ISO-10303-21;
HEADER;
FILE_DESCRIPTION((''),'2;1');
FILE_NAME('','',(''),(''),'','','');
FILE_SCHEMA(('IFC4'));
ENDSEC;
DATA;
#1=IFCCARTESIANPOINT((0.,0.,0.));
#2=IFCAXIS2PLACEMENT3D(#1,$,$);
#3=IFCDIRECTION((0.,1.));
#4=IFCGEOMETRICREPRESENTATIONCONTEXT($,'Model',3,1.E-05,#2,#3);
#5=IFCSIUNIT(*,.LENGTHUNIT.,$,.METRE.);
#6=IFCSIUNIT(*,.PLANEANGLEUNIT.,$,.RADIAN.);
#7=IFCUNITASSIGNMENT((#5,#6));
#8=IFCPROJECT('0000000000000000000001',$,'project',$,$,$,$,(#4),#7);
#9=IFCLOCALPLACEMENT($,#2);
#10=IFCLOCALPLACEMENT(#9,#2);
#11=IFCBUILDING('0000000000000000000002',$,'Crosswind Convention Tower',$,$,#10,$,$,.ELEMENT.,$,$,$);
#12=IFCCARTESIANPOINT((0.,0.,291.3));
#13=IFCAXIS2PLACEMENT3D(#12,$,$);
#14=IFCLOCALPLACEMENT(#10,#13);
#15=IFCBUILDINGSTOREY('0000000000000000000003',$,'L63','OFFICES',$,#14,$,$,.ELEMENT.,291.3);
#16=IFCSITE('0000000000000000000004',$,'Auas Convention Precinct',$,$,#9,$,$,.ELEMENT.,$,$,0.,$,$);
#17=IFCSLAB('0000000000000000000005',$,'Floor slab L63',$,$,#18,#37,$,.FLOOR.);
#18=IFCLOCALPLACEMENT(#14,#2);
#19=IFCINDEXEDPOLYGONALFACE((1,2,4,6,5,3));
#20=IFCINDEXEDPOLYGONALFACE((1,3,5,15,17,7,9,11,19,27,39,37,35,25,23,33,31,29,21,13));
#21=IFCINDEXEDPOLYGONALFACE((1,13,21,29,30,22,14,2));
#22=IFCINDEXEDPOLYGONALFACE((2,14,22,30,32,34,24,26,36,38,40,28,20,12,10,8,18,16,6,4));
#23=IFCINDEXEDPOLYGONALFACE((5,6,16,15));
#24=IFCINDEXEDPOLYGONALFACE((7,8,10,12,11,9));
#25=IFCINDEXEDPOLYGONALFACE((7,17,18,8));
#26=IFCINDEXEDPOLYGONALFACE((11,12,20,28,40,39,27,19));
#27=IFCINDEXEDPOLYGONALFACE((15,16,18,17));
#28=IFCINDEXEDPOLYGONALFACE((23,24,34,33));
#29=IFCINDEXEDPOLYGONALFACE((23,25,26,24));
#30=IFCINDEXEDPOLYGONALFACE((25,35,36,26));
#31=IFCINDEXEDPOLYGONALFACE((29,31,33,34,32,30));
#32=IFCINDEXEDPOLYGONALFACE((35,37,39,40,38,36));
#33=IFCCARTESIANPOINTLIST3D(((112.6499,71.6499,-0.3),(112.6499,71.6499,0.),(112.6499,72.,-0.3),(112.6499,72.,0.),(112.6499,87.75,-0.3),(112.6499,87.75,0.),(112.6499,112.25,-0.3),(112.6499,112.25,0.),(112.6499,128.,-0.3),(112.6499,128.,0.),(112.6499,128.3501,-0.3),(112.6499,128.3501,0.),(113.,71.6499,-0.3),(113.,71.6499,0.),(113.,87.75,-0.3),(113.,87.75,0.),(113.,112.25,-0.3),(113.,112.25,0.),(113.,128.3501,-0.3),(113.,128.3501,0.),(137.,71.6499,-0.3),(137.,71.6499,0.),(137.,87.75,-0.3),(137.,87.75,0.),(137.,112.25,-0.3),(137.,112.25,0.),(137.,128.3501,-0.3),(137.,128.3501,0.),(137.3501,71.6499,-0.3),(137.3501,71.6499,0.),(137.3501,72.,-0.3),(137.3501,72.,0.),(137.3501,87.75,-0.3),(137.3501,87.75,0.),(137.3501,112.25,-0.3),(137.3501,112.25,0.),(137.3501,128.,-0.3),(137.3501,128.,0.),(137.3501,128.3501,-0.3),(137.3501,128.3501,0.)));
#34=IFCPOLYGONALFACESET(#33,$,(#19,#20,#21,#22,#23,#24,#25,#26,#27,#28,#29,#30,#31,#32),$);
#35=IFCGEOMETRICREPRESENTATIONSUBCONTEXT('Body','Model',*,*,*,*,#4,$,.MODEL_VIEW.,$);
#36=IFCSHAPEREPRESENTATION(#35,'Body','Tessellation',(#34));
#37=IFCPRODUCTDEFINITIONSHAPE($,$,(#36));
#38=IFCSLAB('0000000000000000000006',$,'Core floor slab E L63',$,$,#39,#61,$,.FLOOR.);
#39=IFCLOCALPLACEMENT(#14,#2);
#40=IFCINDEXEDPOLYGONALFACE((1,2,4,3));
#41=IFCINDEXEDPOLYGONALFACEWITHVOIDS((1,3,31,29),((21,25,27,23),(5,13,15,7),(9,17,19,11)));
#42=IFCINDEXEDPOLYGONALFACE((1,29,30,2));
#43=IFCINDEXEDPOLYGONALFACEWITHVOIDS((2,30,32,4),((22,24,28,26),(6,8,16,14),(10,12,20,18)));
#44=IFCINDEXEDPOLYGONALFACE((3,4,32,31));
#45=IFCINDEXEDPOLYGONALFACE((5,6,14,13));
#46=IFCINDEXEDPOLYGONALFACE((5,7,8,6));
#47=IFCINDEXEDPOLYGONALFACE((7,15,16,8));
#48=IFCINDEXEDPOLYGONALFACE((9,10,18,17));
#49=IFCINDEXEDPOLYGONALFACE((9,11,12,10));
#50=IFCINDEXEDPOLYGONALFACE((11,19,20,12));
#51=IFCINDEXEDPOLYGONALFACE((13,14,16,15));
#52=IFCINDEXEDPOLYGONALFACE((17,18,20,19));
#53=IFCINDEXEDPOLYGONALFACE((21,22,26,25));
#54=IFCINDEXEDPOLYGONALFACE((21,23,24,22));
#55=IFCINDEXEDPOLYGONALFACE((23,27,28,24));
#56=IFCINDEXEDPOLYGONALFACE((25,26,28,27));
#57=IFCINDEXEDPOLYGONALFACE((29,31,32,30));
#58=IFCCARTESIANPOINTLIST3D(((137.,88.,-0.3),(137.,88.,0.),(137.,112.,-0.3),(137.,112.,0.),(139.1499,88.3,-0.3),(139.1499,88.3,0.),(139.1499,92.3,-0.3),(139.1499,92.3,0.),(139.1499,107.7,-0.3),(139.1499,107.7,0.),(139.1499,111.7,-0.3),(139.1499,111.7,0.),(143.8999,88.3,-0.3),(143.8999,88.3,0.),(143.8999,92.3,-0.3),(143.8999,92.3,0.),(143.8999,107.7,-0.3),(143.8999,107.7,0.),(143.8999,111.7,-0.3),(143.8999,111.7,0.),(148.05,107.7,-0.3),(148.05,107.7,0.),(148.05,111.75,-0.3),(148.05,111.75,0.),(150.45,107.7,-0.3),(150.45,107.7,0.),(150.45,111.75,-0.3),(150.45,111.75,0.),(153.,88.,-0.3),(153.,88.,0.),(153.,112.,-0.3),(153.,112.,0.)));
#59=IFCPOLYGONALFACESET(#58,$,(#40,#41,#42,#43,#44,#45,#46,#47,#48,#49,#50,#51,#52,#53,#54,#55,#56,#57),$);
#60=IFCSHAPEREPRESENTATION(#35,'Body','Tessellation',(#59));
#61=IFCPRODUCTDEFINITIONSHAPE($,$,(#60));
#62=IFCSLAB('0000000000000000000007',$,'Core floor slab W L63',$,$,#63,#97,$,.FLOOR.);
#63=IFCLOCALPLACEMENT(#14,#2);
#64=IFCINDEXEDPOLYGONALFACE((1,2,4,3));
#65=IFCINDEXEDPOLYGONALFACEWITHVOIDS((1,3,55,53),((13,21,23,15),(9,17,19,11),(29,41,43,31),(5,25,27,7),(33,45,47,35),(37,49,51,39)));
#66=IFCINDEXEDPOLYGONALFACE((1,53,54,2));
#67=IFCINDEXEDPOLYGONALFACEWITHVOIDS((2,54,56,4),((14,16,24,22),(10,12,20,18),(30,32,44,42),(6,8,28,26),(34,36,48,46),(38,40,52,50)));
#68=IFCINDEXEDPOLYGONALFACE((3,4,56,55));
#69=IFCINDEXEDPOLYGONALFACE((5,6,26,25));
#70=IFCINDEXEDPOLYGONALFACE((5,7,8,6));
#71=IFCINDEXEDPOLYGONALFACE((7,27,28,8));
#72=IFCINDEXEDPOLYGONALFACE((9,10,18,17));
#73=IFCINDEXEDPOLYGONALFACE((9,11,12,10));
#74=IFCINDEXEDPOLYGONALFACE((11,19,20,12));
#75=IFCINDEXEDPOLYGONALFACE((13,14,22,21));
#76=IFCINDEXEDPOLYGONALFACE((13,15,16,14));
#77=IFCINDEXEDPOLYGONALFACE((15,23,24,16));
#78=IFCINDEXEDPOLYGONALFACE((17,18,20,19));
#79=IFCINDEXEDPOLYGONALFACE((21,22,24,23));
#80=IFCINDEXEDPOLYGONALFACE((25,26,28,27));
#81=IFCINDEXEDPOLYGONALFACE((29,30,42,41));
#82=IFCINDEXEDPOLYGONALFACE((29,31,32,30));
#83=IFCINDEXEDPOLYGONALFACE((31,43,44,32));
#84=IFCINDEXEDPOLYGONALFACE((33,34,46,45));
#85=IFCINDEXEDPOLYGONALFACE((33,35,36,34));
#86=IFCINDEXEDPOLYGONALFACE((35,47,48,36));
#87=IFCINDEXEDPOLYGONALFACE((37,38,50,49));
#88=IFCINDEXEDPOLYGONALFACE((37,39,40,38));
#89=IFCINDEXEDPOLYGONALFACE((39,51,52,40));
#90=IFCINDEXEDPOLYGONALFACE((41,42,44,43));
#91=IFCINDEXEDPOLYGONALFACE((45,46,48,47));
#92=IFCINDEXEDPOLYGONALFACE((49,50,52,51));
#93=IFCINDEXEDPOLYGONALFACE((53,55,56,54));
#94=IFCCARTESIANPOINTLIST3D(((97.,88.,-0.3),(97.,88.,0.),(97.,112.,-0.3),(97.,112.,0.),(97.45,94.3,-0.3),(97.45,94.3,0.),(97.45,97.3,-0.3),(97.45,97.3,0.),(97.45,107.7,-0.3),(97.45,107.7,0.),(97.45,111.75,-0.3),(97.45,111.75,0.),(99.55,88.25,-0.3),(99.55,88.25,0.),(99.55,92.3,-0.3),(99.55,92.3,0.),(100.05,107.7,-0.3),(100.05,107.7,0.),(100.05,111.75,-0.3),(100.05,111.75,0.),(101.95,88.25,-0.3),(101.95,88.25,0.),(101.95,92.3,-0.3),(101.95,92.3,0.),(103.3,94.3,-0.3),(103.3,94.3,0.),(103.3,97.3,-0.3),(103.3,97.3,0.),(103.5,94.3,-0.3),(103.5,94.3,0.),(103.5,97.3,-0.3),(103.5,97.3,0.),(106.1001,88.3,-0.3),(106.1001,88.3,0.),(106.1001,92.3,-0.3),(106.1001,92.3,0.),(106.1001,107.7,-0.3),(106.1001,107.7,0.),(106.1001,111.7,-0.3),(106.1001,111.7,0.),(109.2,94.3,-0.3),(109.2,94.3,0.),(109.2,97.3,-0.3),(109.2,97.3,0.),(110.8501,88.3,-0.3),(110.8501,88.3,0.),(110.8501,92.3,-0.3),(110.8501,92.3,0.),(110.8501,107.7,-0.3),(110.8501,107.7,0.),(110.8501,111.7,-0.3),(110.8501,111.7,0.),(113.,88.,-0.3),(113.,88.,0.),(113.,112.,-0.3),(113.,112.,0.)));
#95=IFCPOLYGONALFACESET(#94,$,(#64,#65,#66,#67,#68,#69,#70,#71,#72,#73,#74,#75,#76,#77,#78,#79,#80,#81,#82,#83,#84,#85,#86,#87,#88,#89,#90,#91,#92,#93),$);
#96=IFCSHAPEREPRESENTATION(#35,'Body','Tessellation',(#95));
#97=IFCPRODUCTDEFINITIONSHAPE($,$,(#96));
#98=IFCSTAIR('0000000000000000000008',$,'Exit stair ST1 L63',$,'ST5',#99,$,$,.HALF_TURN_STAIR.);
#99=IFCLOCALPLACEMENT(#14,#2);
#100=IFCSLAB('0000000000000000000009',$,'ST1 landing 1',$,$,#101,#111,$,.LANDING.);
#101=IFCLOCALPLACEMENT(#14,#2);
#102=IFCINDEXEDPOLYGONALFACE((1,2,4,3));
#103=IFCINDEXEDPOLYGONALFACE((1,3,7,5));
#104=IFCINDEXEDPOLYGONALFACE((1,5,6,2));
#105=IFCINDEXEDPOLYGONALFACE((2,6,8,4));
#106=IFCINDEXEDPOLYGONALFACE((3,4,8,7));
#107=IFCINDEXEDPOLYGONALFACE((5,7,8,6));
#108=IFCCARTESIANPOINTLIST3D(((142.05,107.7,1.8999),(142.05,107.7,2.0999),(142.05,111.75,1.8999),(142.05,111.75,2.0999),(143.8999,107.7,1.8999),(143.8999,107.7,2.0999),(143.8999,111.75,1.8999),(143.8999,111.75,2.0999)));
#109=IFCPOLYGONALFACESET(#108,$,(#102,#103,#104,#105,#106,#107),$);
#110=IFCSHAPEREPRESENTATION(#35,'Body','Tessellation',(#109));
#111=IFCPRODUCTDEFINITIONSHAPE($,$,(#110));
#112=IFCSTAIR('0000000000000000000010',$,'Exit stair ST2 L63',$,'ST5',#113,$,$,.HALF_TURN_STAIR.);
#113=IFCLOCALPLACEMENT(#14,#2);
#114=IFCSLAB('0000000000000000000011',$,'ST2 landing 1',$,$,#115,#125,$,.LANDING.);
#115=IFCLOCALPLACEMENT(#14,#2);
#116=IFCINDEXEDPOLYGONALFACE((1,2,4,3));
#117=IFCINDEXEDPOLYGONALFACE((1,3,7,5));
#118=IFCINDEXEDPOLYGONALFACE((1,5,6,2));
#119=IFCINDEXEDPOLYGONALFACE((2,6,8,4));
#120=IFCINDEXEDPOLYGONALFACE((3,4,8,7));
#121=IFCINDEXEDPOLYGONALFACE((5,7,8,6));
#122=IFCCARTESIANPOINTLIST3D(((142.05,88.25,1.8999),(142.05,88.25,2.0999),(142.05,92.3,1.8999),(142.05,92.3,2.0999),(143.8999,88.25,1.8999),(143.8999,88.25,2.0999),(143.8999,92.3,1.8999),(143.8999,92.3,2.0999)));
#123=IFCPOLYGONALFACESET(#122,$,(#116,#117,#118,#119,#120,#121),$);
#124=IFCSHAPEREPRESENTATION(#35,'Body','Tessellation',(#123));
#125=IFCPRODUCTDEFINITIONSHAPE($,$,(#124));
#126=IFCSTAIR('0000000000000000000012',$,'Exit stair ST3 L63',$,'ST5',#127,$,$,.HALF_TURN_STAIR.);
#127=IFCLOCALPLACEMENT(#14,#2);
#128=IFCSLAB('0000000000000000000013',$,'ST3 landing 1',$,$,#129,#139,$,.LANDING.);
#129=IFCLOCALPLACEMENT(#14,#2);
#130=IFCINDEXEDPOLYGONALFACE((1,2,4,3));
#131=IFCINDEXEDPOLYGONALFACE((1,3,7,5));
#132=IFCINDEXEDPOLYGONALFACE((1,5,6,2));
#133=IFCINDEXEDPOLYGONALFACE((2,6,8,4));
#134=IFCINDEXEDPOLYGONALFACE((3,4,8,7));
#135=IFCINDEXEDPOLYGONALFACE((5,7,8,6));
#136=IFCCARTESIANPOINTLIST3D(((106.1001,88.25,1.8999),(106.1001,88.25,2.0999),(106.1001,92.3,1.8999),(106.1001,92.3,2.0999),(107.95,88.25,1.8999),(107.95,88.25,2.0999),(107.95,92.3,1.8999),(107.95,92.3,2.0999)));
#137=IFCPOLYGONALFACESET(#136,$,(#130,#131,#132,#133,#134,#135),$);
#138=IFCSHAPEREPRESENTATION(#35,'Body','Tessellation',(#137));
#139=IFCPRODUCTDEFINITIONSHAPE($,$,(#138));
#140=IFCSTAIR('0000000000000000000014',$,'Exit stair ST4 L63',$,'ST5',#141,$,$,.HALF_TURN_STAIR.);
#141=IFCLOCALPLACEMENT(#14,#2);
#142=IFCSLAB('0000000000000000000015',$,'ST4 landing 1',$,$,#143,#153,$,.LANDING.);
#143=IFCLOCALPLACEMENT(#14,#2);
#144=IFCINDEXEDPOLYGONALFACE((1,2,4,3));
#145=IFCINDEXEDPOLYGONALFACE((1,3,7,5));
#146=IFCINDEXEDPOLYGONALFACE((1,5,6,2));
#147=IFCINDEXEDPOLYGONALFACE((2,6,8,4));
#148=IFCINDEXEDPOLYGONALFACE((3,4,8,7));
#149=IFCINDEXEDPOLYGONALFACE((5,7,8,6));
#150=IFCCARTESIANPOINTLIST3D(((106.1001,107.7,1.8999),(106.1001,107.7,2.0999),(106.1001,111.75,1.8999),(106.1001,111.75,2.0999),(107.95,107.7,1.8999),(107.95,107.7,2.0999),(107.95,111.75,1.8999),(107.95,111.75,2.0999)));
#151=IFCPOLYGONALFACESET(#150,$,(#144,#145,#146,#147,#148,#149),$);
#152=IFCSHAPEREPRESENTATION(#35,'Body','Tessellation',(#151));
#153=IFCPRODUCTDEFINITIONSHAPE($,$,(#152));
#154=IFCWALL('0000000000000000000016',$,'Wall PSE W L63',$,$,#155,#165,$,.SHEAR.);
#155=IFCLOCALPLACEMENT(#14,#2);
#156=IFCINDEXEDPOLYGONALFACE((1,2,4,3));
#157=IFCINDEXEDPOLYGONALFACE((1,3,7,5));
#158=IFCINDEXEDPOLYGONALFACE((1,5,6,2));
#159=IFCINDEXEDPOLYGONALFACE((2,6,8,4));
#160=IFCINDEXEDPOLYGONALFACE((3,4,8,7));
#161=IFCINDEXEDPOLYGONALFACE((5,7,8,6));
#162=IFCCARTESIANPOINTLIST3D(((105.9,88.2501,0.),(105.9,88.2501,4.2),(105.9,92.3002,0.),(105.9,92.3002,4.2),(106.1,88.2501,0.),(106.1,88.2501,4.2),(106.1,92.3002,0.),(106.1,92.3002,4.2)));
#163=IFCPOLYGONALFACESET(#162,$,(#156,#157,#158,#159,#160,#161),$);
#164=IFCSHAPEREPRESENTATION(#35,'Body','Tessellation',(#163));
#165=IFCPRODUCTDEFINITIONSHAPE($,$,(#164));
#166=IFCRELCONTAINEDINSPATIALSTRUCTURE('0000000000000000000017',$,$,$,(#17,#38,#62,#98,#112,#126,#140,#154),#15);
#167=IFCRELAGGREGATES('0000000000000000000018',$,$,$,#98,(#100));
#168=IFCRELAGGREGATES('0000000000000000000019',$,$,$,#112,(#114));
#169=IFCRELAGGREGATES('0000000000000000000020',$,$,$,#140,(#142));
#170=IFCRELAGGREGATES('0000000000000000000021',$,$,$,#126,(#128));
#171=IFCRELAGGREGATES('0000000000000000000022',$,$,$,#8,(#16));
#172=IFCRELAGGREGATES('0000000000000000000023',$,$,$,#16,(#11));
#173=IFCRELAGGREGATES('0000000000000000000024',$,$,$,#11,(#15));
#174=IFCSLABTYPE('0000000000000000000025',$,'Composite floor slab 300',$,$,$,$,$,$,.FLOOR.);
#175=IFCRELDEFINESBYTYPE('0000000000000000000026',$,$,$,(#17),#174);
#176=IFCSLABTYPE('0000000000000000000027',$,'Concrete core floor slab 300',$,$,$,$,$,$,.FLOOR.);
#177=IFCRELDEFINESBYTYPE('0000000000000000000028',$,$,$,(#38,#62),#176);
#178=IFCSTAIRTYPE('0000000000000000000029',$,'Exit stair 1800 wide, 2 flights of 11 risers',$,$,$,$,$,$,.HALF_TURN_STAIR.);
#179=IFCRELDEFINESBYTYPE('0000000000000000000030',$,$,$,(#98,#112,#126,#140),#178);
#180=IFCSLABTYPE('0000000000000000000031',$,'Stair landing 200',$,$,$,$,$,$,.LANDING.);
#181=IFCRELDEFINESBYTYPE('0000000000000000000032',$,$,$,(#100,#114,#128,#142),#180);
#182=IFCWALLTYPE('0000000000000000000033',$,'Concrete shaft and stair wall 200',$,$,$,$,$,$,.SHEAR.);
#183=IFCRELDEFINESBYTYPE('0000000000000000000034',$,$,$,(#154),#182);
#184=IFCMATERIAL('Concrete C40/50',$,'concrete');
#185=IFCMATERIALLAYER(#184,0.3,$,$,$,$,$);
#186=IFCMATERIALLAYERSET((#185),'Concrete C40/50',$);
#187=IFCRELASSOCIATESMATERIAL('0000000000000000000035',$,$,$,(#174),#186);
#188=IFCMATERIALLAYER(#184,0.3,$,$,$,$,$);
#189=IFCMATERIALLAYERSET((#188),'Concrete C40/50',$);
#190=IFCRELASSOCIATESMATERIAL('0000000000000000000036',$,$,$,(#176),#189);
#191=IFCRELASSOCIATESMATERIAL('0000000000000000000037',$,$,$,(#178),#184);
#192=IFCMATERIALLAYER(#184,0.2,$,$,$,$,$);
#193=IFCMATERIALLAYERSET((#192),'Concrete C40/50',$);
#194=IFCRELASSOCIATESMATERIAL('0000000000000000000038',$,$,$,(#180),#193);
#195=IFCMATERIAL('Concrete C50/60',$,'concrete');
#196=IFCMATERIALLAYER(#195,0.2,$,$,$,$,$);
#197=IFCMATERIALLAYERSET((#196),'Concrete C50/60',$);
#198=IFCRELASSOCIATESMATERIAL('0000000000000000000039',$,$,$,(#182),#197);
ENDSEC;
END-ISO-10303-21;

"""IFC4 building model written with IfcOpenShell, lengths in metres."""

from ifc_helpers import new_model, si_unit, direction, frame, frame_2d, origin, place, context, subcontext, project, spatial, polyline, rectangle, outline, extrude, material, layer, layer_set, type_object, element, aggregate, save


model = new_model("IFC4")

# Units and contexts
model_context = context("Model", 3, precision=1e-05, world=origin(), true_north=direction((0.0, 1.0)))
body_context = subcontext(model_context, "Body", "Model", "MODEL_VIEW")
ifc_project = project(units=[si_unit("LENGTHUNIT", "METRE"), si_unit("PLANEANGLEUNIT", "RADIAN")], contexts=[model_context])

# Site, building, storey
site_placement = place(None, origin())
site = spatial("IfcSite", under=ifc_project, at=site_placement, Name="Auas Convention Precinct", CompositionType="ELEMENT", RefElevation=0.0)
building_placement = place(site_placement, origin())
building = spatial("IfcBuilding", under=site, at=building_placement, Name="Crosswind Convention Tower", CompositionType="ELEMENT")
storey_placement = place(building_placement, frame((0.0, 0.0, 291.3)))
storey = spatial("IfcBuildingStorey", under=building, at=storey_placement, Name="L63", Description="OFFICES", CompositionType="ELEMENT", Elevation=291.3)

# Slabs
ifc_material_1 = material(Name="Concrete C40/50", Category="concrete")
ifc_layer_1 = layer(ifc_material_1, 0.3)
ifc_layer_set_1 = layer_set([ifc_layer_1], Name="Concrete C40/50")
slab_type_1 = type_object("IfcSlabType", Name="Composite floor slab 300", PredefinedType="FLOOR", material=ifc_layer_set_1)
slab_1_placement = place(storey_placement, frame((0.0, 0.0, -0.3)))
element("IfcSlab", 1, at=slab_1_placement, inside=storey, type_object=slab_type_1, Name="Floor slab L63", PredefinedType="FLOOR", context=body_context, shape_type="SweptSolid", body=[
    extrude(outline(polyline([(137.3501, 71.6499), (137.0, 71.6499), (113.0, 71.6499), (112.6499, 71.6499), (112.6499, 72.0), (112.6499, 87.75), (113.0, 87.75), (113.0, 112.25), (112.6499, 112.25), (112.6499, 128.0), (112.6499, 128.3501), (113.0, 128.3501), (137.0, 128.3501), (137.3501, 128.3501), (137.3501, 128.0), (137.3501, 112.25), (137.0, 112.25), (137.0, 87.75), (137.3501, 87.75), (137.3501, 72.0), (137.3501, 71.6499)])), origin(), (0.0, 0.0, 1.0), 0.3),
])
ifc_layer_2 = layer(ifc_material_1, 0.3)
ifc_layer_set_2 = layer_set([ifc_layer_2], Name="Concrete C40/50")
slab_type_2 = type_object("IfcSlabType", Name="Concrete core floor slab 300", PredefinedType="FLOOR", material=ifc_layer_set_2)
slab_2_placement = place(storey_placement, frame((0.0, 0.0, -0.3)))
element("IfcSlab", 2, at=slab_2_placement, inside=storey, type_object=slab_type_2, Name="Core floor slab E L63", PredefinedType="FLOOR", context=body_context, shape_type="SweptSolid", body=[
    extrude(outline(polyline([(137.0, 88.0), (153.0, 88.0), (153.0, 112.0), (137.0, 112.0), (137.0, 88.0)]), holes=[polyline([(150.45, 107.7), (150.45, 111.75), (148.05, 111.75), (148.05, 107.7), (150.45, 107.7)]), polyline([(143.8999, 107.7), (143.8999, 111.7), (139.1499, 111.7), (139.1499, 107.7), (143.8999, 107.7)]), polyline([(143.8999, 88.3), (143.8999, 92.3), (139.1499, 92.3), (139.1499, 88.3), (143.8999, 88.3)])]), origin(), (0.0, 0.0, 1.0), 0.3),
])
slab_3_placement = place(storey_placement, frame((0.0, 0.0, -0.3)))
element("IfcSlab", 3, at=slab_3_placement, inside=storey, type_object=slab_type_2, Name="Core floor slab W L63", PredefinedType="FLOOR", context=body_context, shape_type="SweptSolid", body=[
    extrude(outline(polyline([(97.0, 88.0), (113.0, 88.0), (113.0, 112.0), (97.0, 112.0), (97.0, 88.0)]), holes=[polyline([(109.2, 94.3), (109.2, 97.3), (103.5, 97.3), (103.5, 94.3), (109.2, 94.3)]), polyline([(103.3, 94.3), (103.3, 97.3), (97.45, 97.3), (97.45, 94.3), (103.3, 94.3)]), polyline([(101.95, 88.25), (101.95, 92.3), (99.55, 92.3), (99.55, 88.25), (101.95, 88.25)]), polyline([(100.05, 107.7), (100.05, 111.75), (97.45, 111.75), (97.45, 107.7), (100.05, 107.7)]), polyline([(110.8501, 88.3), (110.8501, 92.3), (106.1001, 92.3), (106.1001, 88.3), (110.8501, 88.3)]), polyline([(110.8501, 107.7), (110.8501, 111.7), (106.1001, 111.7), (106.1001, 107.7), (110.8501, 107.7)])]), origin(), (0.0, 0.0, 1.0), 0.3),
])

# Stairs, slabs
stair_type = type_object("IfcStairType", Name="Exit stair 1800 wide, 2 flights of 11 risers", PredefinedType="HALF_TURN_STAIR", material=ifc_material_1)
stair_1_placement = place(storey_placement, origin())
stair_1 = element("IfcStair", 4, at=stair_1_placement, inside=storey, type_object=stair_type, Name="Exit stair ST1 L63", ObjectType="ST5", PredefinedType="HALF_TURN_STAIR")
ifc_layer_3 = layer(ifc_material_1, 0.2)
ifc_layer_set_3 = layer_set([ifc_layer_3], Name="Concrete C40/50")
slab_type_3 = type_object("IfcSlabType", Name="Stair landing 200", PredefinedType="LANDING", material=ifc_layer_set_3)
slab_4_placement = place(storey_placement, frame((0.0, 0.0, 1.8999)))
slab_4 = element("IfcSlab", 5, at=slab_4_placement, type_object=slab_type_3, Name="ST1 landing 1", PredefinedType="LANDING", context=body_context, shape_type="SweptSolid", body=[
    extrude(outline(polyline([(143.8999, 107.7), (143.8999, 111.75), (142.05, 111.75), (142.05, 107.7), (143.8999, 107.7)])), origin(), (0.0, 0.0, 1.0), 0.2),
])
aggregate(stair_1, [slab_4])
stair_2_placement = place(storey_placement, origin())
stair_2 = element("IfcStair", 6, at=stair_2_placement, inside=storey, type_object=stair_type, Name="Exit stair ST2 L63", ObjectType="ST5", PredefinedType="HALF_TURN_STAIR")
slab_5_placement = place(storey_placement, frame((0.0, 0.0, 1.8999)))
slab_5 = element("IfcSlab", 7, at=slab_5_placement, type_object=slab_type_3, Name="ST2 landing 1", PredefinedType="LANDING", context=body_context, shape_type="SweptSolid", body=[
    extrude(outline(polyline([(143.8999, 88.25), (143.8999, 92.3), (142.05, 92.3), (142.05, 88.25), (143.8999, 88.25)])), origin(), (0.0, 0.0, 1.0), 0.2),
])
aggregate(stair_2, [slab_5])
stair_3_placement = place(storey_placement, origin())
stair_3 = element("IfcStair", 8, at=stair_3_placement, inside=storey, type_object=stair_type, Name="Exit stair ST3 L63", ObjectType="ST5", PredefinedType="HALF_TURN_STAIR")
slab_6_placement = place(storey_placement, frame((0.0, 0.0, 1.8999)))
slab_6 = element("IfcSlab", 9, at=slab_6_placement, type_object=slab_type_3, Name="ST3 landing 1", PredefinedType="LANDING", context=body_context, shape_type="SweptSolid", body=[
    extrude(outline(polyline([(107.95, 88.25), (107.95, 92.3), (106.1001, 92.3), (106.1001, 88.25), (107.95, 88.25)])), origin(), (0.0, 0.0, 1.0), 0.2),
])
stair_4_placement = place(storey_placement, origin())
stair_4 = element("IfcStair", 10, at=stair_4_placement, inside=storey, type_object=stair_type, Name="Exit stair ST4 L63", ObjectType="ST5", PredefinedType="HALF_TURN_STAIR")
slab_7_placement = place(storey_placement, frame((0.0, 0.0, 1.8999)))
slab_7 = element("IfcSlab", 11, at=slab_7_placement, type_object=slab_type_3, Name="ST4 landing 1", PredefinedType="LANDING", context=body_context, shape_type="SweptSolid", body=[
    extrude(outline(polyline([(107.95, 107.7), (107.95, 111.75), (106.1001, 111.75), (106.1001, 107.7), (107.95, 107.7)])), origin(), (0.0, 0.0, 1.0), 0.2),
])
aggregate(stair_4, [slab_7])

# Wall
ifc_material_2 = material(Name="Concrete C50/60", Category="concrete")
ifc_layer_4 = layer(ifc_material_2, 0.2)
ifc_layer_set_4 = layer_set([ifc_layer_4], Name="Concrete C50/60")
wall_type_1 = type_object("IfcWallType", Name="Concrete shaft and stair wall 200", PredefinedType="SHEAR", material=ifc_layer_set_4)
wall_1_placement = place(storey_placement, frame((106.0, 92.3, 0.0), z_axis=(0.0, 0.0, 1.0), x_axis=(0.0, -1.0, 0.0)))
element("IfcWall", 12, at=wall_1_placement, inside=storey, type_object=wall_type_1, Name="Wall PSE W L63", PredefinedType="SHEAR", context=body_context, shape_type="SweptSolid", body=[
    extrude(rectangle(XDim=4.05, YDim=0.2, at=frame_2d((2.0249, 0.0))), origin(), (0.0, 0.0, 1.0), 4.2),
])

aggregate(stair_3, [slab_6])

save(model, "model.ifc")
